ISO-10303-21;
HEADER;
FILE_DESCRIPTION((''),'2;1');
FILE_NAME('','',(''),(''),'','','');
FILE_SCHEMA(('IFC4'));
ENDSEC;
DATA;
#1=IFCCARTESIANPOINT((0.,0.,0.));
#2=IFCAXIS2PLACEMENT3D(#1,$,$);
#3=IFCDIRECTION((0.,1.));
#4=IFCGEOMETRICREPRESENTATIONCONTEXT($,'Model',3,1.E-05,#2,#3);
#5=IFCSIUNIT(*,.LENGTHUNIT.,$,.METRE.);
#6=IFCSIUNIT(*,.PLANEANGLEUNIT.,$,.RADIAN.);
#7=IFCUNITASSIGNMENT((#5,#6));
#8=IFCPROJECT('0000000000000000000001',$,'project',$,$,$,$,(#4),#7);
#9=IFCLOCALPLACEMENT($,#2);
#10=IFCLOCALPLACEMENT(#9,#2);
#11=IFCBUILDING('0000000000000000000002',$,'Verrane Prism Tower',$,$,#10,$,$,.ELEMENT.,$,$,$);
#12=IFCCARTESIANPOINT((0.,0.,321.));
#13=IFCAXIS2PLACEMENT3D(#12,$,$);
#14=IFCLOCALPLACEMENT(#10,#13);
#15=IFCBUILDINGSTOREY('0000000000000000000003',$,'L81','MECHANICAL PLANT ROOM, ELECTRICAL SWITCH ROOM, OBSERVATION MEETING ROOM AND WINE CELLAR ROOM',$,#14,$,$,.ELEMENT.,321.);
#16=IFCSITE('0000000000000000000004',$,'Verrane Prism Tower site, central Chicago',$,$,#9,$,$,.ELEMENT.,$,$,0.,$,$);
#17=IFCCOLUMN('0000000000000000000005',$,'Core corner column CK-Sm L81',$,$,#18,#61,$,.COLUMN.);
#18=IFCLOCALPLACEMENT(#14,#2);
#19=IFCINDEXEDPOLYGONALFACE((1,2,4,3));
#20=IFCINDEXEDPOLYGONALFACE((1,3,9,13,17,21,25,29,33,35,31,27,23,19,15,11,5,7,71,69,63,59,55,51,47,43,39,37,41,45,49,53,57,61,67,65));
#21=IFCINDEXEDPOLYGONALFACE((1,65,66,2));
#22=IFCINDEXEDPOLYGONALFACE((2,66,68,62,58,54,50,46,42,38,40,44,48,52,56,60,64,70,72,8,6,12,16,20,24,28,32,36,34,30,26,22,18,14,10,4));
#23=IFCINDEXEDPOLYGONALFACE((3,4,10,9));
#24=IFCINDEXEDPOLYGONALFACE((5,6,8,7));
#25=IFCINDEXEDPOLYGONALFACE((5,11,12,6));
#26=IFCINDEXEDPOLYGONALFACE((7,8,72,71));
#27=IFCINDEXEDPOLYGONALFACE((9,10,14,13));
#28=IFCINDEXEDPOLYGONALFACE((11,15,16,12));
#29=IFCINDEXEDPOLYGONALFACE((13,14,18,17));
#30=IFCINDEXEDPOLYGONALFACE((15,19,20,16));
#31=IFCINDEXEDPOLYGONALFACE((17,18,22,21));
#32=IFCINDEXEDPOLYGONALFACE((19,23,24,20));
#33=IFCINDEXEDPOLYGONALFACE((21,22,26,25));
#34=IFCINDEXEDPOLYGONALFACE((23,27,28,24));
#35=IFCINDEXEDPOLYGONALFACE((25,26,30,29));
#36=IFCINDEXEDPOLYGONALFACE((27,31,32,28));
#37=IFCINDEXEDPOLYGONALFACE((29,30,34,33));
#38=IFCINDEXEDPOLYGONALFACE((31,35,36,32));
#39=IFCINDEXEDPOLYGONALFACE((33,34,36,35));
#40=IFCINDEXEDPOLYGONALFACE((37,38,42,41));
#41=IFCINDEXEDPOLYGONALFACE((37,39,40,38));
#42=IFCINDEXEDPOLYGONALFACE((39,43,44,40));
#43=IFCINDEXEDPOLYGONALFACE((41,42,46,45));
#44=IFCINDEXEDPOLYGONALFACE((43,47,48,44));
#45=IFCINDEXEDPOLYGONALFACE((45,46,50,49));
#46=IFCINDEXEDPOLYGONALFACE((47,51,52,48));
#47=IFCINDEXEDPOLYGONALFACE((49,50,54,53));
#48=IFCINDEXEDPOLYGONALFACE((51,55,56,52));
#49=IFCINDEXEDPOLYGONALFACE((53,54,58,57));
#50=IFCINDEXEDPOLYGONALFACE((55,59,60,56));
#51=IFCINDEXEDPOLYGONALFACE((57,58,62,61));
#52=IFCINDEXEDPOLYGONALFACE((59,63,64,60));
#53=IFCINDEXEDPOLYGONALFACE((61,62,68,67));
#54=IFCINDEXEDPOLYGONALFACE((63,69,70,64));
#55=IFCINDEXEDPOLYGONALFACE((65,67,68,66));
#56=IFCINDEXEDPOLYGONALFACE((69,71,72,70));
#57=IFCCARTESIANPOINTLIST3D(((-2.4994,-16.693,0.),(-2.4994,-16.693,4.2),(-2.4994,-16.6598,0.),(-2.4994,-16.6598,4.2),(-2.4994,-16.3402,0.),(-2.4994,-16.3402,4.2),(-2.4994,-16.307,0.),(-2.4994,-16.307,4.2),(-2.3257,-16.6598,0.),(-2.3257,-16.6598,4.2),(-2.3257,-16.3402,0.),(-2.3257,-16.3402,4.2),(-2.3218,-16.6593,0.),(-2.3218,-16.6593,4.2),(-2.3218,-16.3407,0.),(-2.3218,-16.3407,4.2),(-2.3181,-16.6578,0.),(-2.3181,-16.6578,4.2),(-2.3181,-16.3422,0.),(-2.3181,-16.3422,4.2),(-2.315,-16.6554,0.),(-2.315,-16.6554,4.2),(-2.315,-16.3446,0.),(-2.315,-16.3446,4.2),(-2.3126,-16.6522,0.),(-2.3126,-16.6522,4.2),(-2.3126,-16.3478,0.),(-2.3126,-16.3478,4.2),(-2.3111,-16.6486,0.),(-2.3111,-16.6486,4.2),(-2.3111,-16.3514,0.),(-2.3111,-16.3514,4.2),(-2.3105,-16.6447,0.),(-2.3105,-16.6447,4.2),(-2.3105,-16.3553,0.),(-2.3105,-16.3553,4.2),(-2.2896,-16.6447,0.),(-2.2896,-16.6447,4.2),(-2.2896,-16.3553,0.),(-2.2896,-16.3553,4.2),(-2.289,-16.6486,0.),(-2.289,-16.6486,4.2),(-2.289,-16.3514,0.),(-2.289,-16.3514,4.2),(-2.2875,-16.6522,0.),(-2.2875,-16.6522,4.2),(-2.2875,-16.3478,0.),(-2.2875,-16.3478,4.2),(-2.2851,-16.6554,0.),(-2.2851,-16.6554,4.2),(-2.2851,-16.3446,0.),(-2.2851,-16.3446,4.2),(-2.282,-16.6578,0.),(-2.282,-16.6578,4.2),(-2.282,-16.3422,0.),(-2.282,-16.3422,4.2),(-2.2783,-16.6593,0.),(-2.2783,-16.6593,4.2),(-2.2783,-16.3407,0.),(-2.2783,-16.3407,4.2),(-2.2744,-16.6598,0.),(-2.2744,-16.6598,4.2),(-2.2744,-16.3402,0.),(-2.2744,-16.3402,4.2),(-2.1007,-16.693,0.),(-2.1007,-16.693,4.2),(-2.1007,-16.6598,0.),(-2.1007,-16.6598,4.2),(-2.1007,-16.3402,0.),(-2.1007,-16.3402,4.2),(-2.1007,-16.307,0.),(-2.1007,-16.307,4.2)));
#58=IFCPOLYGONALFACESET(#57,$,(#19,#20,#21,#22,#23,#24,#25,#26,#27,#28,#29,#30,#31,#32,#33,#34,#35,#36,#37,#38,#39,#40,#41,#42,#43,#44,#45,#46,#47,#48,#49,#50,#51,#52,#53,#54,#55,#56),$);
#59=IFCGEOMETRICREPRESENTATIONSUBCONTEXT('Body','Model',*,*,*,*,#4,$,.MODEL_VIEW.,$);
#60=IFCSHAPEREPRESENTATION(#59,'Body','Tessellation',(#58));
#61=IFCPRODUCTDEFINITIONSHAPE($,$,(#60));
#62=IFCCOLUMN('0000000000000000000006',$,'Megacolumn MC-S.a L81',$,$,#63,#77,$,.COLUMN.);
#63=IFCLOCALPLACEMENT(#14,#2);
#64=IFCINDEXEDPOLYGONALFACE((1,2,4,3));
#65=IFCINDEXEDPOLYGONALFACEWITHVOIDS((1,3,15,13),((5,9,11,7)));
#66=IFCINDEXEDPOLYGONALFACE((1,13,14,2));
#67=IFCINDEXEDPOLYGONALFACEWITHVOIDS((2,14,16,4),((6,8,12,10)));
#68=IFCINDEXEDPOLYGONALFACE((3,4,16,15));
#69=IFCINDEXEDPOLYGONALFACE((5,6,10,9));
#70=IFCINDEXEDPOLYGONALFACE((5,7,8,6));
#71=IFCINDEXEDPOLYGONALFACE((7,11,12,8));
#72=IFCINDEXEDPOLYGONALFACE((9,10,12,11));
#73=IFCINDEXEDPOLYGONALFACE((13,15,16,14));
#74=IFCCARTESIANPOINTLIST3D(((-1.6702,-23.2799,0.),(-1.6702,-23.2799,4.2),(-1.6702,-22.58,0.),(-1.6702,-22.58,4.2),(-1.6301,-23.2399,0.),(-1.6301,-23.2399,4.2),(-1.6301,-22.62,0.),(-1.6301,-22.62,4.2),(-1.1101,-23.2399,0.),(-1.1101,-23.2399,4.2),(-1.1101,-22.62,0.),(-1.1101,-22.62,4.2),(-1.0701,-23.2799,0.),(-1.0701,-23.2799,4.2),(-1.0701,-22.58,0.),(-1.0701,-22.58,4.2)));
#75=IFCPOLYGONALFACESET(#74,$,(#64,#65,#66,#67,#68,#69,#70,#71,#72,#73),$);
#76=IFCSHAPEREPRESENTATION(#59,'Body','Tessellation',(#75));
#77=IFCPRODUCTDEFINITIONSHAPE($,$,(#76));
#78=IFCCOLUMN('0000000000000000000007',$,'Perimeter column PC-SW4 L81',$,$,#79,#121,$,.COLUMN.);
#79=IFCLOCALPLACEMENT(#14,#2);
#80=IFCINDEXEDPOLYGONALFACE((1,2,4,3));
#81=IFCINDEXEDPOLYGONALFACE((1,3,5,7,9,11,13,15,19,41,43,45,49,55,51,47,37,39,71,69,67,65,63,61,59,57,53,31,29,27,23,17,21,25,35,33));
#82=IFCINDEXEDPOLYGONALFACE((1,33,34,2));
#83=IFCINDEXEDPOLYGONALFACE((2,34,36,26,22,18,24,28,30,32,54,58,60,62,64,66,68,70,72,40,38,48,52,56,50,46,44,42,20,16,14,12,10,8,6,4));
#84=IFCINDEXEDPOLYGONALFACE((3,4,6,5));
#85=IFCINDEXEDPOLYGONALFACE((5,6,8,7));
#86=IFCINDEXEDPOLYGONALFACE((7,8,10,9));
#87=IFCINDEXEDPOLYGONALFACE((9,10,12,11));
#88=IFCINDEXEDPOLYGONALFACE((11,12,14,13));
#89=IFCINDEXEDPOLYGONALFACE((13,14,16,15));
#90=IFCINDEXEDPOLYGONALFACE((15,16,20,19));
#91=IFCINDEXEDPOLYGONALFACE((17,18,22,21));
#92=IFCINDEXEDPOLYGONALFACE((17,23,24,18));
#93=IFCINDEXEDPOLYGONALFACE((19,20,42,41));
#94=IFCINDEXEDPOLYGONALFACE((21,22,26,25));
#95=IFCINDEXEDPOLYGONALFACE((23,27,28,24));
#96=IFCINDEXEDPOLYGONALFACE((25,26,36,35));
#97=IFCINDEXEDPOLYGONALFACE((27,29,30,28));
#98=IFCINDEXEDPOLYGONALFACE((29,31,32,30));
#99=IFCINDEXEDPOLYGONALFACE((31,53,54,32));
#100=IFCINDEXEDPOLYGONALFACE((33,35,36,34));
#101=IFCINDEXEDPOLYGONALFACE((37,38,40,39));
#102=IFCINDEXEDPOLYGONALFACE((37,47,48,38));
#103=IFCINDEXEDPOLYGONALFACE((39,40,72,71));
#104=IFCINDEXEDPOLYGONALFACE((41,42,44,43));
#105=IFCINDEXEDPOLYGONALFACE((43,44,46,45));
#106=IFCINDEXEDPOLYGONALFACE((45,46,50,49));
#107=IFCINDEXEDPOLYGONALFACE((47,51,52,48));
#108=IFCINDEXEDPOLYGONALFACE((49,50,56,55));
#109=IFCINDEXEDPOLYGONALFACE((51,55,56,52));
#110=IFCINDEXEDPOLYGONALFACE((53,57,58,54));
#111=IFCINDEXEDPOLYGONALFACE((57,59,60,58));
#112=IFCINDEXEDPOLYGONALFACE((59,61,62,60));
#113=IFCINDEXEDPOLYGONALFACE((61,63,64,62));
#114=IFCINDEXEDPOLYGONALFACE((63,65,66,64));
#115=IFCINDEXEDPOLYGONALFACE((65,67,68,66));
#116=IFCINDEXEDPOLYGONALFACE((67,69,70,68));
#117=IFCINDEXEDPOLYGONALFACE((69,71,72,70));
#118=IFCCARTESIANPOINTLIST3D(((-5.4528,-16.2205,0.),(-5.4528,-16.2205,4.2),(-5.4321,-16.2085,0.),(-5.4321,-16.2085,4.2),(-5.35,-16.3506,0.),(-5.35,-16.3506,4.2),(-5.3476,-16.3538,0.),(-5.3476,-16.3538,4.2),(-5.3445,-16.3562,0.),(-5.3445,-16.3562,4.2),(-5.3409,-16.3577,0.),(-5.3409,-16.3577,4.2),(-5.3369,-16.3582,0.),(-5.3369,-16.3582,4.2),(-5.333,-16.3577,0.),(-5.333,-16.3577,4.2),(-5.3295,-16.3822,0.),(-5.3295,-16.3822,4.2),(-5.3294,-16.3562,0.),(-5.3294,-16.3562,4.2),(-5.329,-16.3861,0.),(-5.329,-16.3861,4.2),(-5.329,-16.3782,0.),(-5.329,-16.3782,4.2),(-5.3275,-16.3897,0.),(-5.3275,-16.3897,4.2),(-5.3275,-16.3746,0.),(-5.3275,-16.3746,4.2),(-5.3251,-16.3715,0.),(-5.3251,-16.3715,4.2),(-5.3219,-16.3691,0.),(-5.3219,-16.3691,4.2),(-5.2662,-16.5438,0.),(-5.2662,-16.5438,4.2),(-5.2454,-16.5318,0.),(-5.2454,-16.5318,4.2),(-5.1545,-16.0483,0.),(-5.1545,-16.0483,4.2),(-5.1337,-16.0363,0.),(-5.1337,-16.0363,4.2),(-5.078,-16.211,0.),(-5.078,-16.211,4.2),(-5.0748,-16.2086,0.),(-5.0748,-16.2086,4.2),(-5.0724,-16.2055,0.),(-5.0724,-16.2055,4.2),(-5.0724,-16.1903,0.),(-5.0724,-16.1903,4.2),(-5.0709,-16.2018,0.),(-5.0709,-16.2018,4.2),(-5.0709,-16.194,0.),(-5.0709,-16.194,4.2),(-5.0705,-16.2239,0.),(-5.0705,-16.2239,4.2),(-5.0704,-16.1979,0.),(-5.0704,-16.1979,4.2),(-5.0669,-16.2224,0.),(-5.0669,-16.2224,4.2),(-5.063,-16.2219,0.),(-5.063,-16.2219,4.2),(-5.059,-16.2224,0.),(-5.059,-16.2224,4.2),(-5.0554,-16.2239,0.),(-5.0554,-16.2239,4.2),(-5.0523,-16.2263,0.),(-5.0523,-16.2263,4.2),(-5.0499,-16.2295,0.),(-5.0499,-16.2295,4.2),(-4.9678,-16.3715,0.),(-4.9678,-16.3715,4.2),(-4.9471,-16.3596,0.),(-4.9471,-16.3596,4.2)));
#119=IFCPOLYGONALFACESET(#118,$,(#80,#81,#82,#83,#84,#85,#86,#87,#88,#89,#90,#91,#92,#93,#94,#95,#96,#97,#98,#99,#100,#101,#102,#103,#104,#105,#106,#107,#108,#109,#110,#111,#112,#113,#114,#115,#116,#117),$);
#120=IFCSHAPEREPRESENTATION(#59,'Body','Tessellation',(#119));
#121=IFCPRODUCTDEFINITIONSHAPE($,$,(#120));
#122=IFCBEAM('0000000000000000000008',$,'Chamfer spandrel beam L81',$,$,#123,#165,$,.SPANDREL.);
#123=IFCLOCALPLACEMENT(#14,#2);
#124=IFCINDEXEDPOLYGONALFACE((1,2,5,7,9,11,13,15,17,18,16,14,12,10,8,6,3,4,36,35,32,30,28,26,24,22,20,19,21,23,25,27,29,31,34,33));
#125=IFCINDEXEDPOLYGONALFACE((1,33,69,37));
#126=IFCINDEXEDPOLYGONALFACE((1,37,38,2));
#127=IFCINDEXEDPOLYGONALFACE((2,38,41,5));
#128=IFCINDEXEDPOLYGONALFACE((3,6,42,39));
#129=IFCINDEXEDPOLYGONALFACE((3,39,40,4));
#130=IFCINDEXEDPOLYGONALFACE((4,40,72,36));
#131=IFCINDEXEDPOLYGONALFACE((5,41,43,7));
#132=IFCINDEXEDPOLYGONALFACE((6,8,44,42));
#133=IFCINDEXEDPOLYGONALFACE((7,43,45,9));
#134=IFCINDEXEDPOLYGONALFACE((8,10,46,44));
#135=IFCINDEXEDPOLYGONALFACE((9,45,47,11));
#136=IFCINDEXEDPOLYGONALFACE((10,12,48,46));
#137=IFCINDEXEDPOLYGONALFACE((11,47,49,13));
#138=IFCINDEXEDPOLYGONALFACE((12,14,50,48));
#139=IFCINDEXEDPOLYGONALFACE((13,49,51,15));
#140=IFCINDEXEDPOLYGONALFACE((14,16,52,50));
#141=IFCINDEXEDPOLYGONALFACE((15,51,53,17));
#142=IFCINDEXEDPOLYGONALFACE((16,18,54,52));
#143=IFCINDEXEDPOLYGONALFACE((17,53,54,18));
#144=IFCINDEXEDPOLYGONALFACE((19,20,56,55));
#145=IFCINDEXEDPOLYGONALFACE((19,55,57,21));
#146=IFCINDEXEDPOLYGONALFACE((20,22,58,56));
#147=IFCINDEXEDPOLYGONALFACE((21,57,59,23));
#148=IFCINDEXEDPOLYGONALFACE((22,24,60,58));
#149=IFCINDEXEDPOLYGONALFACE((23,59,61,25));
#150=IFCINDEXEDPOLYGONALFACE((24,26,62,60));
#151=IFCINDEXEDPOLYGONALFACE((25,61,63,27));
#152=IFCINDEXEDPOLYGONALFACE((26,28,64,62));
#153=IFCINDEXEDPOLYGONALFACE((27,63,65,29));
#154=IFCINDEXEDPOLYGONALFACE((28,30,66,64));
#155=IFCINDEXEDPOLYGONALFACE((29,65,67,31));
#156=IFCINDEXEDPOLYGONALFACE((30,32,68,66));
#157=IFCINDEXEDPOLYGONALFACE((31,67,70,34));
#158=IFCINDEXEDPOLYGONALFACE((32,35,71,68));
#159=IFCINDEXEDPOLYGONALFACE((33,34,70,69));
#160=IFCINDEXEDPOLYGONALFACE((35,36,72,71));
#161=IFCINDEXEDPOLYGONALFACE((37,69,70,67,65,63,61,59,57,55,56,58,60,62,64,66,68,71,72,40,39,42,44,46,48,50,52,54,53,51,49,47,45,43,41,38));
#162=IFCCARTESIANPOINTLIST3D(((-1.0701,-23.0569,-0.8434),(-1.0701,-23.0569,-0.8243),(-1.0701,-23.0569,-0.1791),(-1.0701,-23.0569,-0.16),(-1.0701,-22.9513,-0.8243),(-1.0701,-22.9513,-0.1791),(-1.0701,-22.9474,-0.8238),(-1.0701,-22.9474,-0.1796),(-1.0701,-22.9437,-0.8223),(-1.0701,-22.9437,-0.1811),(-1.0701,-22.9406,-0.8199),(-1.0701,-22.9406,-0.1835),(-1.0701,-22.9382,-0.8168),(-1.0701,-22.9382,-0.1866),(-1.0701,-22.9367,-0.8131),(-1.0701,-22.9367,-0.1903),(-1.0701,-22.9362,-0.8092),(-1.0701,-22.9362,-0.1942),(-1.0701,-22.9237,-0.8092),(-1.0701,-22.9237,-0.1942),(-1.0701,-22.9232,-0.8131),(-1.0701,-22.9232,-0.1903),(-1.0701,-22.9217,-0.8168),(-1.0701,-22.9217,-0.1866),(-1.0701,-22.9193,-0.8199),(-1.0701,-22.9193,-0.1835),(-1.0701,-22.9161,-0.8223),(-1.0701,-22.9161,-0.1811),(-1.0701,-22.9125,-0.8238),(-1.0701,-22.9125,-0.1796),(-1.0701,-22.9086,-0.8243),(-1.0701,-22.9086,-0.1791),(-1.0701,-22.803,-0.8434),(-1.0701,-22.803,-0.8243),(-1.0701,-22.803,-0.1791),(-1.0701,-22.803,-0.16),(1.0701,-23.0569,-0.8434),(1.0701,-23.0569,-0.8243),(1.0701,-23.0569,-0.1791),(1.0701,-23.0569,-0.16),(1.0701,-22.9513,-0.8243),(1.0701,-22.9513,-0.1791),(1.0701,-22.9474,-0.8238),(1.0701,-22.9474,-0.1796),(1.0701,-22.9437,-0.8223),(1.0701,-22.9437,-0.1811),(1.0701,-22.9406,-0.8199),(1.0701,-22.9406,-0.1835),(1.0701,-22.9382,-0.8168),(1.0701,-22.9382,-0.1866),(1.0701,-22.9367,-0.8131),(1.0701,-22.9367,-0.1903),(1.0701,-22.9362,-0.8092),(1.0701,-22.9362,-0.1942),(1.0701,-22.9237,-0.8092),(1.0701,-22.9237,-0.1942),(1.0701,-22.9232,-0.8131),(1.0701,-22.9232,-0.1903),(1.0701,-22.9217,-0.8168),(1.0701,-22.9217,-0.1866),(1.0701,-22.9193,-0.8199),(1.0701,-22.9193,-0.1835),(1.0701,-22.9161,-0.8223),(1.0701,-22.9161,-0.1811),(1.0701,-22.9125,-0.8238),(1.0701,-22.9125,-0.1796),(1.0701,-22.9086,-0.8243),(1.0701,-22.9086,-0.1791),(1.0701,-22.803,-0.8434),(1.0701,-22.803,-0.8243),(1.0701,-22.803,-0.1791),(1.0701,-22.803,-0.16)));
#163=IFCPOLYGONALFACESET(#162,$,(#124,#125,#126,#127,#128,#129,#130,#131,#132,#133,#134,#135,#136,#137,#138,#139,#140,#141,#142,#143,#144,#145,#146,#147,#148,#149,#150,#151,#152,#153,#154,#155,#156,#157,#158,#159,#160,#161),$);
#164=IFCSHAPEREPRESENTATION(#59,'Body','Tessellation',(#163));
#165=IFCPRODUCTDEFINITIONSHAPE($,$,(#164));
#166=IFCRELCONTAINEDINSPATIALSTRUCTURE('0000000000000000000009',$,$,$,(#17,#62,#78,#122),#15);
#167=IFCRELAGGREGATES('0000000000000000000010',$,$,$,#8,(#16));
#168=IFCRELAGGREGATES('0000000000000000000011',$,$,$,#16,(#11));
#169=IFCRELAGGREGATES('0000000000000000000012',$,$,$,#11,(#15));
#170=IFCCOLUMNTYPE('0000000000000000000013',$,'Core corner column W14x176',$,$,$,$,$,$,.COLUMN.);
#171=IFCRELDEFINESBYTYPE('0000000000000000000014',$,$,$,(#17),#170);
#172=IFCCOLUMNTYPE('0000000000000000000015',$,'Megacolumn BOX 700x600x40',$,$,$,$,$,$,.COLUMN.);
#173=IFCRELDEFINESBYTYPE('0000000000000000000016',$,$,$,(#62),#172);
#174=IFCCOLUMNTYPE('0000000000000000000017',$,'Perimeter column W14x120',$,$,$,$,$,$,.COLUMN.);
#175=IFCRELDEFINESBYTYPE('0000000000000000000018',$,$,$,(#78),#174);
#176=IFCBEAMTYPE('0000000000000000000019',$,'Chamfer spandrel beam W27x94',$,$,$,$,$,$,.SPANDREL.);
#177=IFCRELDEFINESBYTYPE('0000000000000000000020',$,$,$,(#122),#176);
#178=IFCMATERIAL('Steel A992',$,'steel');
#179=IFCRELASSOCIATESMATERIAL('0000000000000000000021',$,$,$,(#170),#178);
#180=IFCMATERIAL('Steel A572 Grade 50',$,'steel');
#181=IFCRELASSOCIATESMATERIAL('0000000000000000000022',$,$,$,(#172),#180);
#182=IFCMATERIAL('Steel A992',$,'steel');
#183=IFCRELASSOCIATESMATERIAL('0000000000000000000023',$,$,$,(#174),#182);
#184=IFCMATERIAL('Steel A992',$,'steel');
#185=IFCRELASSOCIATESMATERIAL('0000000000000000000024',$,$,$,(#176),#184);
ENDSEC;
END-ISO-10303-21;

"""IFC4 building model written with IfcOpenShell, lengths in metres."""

from ifc_helpers import new_model, si_unit, direction, frame, origin, origin_2d, place, context, subcontext, project, spatial, hollow_rectangle, i_section, extrude, material, material_profile, profile_set, type_object, element, save


model = new_model("IFC4")

# Units and contexts
model_context = context("Model", 3, precision=1e-05, world=origin(), true_north=direction((0.0, 1.0)))
body_context = subcontext(model_context, "Body", "Model", "MODEL_VIEW")
ifc_project = project(units=[si_unit("LENGTHUNIT", "METRE"), si_unit("PLANEANGLEUNIT", "RADIAN")], contexts=[model_context])

# Site, building, storey
site_placement = place(None, origin())
site = spatial("IfcSite", under=ifc_project, at=site_placement, Name="Verrane Prism Tower site, central Chicago", CompositionType="ELEMENT", RefElevation=0.0)
building_placement = place(site_placement, origin())
building = spatial("IfcBuilding", under=site, at=building_placement, Name="Verrane Prism Tower", CompositionType="ELEMENT")
storey_placement = place(building_placement, frame((0.0, 0.0, 321.0)))
storey = spatial("IfcBuildingStorey", under=building, at=storey_placement, Name="L81", Description="MECHANICAL PLANT ROOM, ELECTRICAL SWITCH ROOM, OBSERVATION MEETING ROOM AND WINE CELLAR ROOM", CompositionType="ELEMENT", Elevation=321.0)

# Columns
ifc_material_1 = material(Name="Steel A992", Category="steel")
ifc_material_profile_1 = material_profile(ifc_material_1, i_section(OverallWidth=0.3987, OverallDepth=0.386, WebThickness=0.021, FlangeThickness=0.0332, FilletRadius=0.0151, at=origin_2d()), Name="W14x176")
ifc_profile_set_1 = profile_set([ifc_material_profile_1], Name="Steel A992")
column_type_1 = type_object("IfcColumnType", Name="Core corner column W14x176", PredefinedType="COLUMN", material=ifc_profile_set_1)
column_1_placement = place(storey_placement, frame((-2.3, -16.5, 0.0), z_axis=(0.0, 0.0, 1.0), x_axis=(-1.0, 0.0, 0.0)))
element("IfcColumn", 1, at=column_1_placement, inside=storey, type_object=column_type_1, Name="Core corner column CK-Sm L81", PredefinedType="COLUMN", context=body_context, shape_type="SweptSolid", body=[
    extrude(i_section(OverallWidth=0.3987, OverallDepth=0.386, WebThickness=0.021, FlangeThickness=0.0332, FilletRadius=0.0151, at=origin_2d()), origin(), (0.0, 0.0, 1.0), 4.2),
])
ifc_material_2 = material(Name="Steel A572 Grade 50", Category="steel")
ifc_material_profile_2 = material_profile(ifc_material_2, hollow_rectangle(XDim=0.6001, YDim=0.7, WallThickness=0.04, at=origin_2d()), Name="BOX 700x600x40")
ifc_profile_set_2 = profile_set([ifc_material_profile_2], Name="Steel A572 Grade 50")
column_type_2 = type_object("IfcColumnType", Name="Megacolumn BOX 700x600x40", PredefinedType="COLUMN", material=ifc_profile_set_2)
column_2_placement = place(storey_placement, frame((-1.3701, -22.9299, 0.0), z_axis=(0.0, 0.0, 1.0), x_axis=(-1.0, 0.0, 0.0)))
element("IfcColumn", 2, at=column_2_placement, inside=storey, type_object=column_type_2, Name="Megacolumn MC-S.a L81", PredefinedType="COLUMN", context=body_context, shape_type="SweptSolid", body=[
    extrude(hollow_rectangle(XDim=0.6001, YDim=0.7, WallThickness=0.04, at=origin_2d()), origin(), (0.0, 0.0, 1.0), 4.2),
])
ifc_material_3 = material(Name="Steel A992", Category="steel")
ifc_material_profile_3 = material_profile(ifc_material_3, i_section(OverallWidth=0.3733, OverallDepth=0.3684, WebThickness=0.0149, FlangeThickness=0.0239, FilletRadius=0.0151, at=origin_2d()), Name="W14x120")
ifc_profile_set_3 = profile_set([ifc_material_profile_3], Name="Steel A992")
column_type_3 = type_object("IfcColumnType", Name="Perimeter column W14x120", PredefinedType="COLUMN", material=ifc_profile_set_3)
column_3_placement = place(storey_placement, frame((-5.2, -16.29, 0.0), z_axis=(0.0, 0.0, 1.0), x_axis=(-0.5, 0.866025, 0.0)))
element("IfcColumn", 3, at=column_3_placement, inside=storey, type_object=column_type_3, Name="Perimeter column PC-SW4 L81", PredefinedType="COLUMN", context=body_context, shape_type="SweptSolid", body=[
    extrude(i_section(OverallWidth=0.3733, OverallDepth=0.3684, WebThickness=0.0149, FlangeThickness=0.0239, FilletRadius=0.0151, at=origin_2d()), origin(), (0.0, 0.0, 1.0), 4.2),
])

# Beam
ifc_material_4 = material(Name="Steel A992", Category="steel")
ifc_material_profile_4 = material_profile(ifc_material_4, i_section(OverallWidth=0.2539, OverallDepth=0.6833, WebThickness=0.0125, FlangeThickness=0.019, FilletRadius=0.0151, at=origin_2d()), Name="W27x94")
ifc_profile_set_4 = profile_set([ifc_material_profile_4], Name="Steel A992")
beam_type_1 = type_object("IfcBeamType", Name="Chamfer spandrel beam W27x94", PredefinedType="SPANDREL", material=ifc_profile_set_4)
beam_1_placement = place(storey_placement, frame((-1.0701, -22.9299, -0.5017), z_axis=(1.0, 0.0, 0.0), x_axis=(0.0, 1.0, 0.0)))
element("IfcBeam", 4, at=beam_1_placement, inside=storey, type_object=beam_type_1, Name="Chamfer spandrel beam L81", PredefinedType="SPANDREL", context=body_context, shape_type="SweptSolid", body=[
    extrude(i_section(OverallWidth=0.2539, OverallDepth=0.6833, WebThickness=0.0125, FlangeThickness=0.019, FilletRadius=0.0151, at=origin_2d()), origin(), (0.0, 0.0, 1.0), 2.1401),
])

save(model, "model.ifc")
